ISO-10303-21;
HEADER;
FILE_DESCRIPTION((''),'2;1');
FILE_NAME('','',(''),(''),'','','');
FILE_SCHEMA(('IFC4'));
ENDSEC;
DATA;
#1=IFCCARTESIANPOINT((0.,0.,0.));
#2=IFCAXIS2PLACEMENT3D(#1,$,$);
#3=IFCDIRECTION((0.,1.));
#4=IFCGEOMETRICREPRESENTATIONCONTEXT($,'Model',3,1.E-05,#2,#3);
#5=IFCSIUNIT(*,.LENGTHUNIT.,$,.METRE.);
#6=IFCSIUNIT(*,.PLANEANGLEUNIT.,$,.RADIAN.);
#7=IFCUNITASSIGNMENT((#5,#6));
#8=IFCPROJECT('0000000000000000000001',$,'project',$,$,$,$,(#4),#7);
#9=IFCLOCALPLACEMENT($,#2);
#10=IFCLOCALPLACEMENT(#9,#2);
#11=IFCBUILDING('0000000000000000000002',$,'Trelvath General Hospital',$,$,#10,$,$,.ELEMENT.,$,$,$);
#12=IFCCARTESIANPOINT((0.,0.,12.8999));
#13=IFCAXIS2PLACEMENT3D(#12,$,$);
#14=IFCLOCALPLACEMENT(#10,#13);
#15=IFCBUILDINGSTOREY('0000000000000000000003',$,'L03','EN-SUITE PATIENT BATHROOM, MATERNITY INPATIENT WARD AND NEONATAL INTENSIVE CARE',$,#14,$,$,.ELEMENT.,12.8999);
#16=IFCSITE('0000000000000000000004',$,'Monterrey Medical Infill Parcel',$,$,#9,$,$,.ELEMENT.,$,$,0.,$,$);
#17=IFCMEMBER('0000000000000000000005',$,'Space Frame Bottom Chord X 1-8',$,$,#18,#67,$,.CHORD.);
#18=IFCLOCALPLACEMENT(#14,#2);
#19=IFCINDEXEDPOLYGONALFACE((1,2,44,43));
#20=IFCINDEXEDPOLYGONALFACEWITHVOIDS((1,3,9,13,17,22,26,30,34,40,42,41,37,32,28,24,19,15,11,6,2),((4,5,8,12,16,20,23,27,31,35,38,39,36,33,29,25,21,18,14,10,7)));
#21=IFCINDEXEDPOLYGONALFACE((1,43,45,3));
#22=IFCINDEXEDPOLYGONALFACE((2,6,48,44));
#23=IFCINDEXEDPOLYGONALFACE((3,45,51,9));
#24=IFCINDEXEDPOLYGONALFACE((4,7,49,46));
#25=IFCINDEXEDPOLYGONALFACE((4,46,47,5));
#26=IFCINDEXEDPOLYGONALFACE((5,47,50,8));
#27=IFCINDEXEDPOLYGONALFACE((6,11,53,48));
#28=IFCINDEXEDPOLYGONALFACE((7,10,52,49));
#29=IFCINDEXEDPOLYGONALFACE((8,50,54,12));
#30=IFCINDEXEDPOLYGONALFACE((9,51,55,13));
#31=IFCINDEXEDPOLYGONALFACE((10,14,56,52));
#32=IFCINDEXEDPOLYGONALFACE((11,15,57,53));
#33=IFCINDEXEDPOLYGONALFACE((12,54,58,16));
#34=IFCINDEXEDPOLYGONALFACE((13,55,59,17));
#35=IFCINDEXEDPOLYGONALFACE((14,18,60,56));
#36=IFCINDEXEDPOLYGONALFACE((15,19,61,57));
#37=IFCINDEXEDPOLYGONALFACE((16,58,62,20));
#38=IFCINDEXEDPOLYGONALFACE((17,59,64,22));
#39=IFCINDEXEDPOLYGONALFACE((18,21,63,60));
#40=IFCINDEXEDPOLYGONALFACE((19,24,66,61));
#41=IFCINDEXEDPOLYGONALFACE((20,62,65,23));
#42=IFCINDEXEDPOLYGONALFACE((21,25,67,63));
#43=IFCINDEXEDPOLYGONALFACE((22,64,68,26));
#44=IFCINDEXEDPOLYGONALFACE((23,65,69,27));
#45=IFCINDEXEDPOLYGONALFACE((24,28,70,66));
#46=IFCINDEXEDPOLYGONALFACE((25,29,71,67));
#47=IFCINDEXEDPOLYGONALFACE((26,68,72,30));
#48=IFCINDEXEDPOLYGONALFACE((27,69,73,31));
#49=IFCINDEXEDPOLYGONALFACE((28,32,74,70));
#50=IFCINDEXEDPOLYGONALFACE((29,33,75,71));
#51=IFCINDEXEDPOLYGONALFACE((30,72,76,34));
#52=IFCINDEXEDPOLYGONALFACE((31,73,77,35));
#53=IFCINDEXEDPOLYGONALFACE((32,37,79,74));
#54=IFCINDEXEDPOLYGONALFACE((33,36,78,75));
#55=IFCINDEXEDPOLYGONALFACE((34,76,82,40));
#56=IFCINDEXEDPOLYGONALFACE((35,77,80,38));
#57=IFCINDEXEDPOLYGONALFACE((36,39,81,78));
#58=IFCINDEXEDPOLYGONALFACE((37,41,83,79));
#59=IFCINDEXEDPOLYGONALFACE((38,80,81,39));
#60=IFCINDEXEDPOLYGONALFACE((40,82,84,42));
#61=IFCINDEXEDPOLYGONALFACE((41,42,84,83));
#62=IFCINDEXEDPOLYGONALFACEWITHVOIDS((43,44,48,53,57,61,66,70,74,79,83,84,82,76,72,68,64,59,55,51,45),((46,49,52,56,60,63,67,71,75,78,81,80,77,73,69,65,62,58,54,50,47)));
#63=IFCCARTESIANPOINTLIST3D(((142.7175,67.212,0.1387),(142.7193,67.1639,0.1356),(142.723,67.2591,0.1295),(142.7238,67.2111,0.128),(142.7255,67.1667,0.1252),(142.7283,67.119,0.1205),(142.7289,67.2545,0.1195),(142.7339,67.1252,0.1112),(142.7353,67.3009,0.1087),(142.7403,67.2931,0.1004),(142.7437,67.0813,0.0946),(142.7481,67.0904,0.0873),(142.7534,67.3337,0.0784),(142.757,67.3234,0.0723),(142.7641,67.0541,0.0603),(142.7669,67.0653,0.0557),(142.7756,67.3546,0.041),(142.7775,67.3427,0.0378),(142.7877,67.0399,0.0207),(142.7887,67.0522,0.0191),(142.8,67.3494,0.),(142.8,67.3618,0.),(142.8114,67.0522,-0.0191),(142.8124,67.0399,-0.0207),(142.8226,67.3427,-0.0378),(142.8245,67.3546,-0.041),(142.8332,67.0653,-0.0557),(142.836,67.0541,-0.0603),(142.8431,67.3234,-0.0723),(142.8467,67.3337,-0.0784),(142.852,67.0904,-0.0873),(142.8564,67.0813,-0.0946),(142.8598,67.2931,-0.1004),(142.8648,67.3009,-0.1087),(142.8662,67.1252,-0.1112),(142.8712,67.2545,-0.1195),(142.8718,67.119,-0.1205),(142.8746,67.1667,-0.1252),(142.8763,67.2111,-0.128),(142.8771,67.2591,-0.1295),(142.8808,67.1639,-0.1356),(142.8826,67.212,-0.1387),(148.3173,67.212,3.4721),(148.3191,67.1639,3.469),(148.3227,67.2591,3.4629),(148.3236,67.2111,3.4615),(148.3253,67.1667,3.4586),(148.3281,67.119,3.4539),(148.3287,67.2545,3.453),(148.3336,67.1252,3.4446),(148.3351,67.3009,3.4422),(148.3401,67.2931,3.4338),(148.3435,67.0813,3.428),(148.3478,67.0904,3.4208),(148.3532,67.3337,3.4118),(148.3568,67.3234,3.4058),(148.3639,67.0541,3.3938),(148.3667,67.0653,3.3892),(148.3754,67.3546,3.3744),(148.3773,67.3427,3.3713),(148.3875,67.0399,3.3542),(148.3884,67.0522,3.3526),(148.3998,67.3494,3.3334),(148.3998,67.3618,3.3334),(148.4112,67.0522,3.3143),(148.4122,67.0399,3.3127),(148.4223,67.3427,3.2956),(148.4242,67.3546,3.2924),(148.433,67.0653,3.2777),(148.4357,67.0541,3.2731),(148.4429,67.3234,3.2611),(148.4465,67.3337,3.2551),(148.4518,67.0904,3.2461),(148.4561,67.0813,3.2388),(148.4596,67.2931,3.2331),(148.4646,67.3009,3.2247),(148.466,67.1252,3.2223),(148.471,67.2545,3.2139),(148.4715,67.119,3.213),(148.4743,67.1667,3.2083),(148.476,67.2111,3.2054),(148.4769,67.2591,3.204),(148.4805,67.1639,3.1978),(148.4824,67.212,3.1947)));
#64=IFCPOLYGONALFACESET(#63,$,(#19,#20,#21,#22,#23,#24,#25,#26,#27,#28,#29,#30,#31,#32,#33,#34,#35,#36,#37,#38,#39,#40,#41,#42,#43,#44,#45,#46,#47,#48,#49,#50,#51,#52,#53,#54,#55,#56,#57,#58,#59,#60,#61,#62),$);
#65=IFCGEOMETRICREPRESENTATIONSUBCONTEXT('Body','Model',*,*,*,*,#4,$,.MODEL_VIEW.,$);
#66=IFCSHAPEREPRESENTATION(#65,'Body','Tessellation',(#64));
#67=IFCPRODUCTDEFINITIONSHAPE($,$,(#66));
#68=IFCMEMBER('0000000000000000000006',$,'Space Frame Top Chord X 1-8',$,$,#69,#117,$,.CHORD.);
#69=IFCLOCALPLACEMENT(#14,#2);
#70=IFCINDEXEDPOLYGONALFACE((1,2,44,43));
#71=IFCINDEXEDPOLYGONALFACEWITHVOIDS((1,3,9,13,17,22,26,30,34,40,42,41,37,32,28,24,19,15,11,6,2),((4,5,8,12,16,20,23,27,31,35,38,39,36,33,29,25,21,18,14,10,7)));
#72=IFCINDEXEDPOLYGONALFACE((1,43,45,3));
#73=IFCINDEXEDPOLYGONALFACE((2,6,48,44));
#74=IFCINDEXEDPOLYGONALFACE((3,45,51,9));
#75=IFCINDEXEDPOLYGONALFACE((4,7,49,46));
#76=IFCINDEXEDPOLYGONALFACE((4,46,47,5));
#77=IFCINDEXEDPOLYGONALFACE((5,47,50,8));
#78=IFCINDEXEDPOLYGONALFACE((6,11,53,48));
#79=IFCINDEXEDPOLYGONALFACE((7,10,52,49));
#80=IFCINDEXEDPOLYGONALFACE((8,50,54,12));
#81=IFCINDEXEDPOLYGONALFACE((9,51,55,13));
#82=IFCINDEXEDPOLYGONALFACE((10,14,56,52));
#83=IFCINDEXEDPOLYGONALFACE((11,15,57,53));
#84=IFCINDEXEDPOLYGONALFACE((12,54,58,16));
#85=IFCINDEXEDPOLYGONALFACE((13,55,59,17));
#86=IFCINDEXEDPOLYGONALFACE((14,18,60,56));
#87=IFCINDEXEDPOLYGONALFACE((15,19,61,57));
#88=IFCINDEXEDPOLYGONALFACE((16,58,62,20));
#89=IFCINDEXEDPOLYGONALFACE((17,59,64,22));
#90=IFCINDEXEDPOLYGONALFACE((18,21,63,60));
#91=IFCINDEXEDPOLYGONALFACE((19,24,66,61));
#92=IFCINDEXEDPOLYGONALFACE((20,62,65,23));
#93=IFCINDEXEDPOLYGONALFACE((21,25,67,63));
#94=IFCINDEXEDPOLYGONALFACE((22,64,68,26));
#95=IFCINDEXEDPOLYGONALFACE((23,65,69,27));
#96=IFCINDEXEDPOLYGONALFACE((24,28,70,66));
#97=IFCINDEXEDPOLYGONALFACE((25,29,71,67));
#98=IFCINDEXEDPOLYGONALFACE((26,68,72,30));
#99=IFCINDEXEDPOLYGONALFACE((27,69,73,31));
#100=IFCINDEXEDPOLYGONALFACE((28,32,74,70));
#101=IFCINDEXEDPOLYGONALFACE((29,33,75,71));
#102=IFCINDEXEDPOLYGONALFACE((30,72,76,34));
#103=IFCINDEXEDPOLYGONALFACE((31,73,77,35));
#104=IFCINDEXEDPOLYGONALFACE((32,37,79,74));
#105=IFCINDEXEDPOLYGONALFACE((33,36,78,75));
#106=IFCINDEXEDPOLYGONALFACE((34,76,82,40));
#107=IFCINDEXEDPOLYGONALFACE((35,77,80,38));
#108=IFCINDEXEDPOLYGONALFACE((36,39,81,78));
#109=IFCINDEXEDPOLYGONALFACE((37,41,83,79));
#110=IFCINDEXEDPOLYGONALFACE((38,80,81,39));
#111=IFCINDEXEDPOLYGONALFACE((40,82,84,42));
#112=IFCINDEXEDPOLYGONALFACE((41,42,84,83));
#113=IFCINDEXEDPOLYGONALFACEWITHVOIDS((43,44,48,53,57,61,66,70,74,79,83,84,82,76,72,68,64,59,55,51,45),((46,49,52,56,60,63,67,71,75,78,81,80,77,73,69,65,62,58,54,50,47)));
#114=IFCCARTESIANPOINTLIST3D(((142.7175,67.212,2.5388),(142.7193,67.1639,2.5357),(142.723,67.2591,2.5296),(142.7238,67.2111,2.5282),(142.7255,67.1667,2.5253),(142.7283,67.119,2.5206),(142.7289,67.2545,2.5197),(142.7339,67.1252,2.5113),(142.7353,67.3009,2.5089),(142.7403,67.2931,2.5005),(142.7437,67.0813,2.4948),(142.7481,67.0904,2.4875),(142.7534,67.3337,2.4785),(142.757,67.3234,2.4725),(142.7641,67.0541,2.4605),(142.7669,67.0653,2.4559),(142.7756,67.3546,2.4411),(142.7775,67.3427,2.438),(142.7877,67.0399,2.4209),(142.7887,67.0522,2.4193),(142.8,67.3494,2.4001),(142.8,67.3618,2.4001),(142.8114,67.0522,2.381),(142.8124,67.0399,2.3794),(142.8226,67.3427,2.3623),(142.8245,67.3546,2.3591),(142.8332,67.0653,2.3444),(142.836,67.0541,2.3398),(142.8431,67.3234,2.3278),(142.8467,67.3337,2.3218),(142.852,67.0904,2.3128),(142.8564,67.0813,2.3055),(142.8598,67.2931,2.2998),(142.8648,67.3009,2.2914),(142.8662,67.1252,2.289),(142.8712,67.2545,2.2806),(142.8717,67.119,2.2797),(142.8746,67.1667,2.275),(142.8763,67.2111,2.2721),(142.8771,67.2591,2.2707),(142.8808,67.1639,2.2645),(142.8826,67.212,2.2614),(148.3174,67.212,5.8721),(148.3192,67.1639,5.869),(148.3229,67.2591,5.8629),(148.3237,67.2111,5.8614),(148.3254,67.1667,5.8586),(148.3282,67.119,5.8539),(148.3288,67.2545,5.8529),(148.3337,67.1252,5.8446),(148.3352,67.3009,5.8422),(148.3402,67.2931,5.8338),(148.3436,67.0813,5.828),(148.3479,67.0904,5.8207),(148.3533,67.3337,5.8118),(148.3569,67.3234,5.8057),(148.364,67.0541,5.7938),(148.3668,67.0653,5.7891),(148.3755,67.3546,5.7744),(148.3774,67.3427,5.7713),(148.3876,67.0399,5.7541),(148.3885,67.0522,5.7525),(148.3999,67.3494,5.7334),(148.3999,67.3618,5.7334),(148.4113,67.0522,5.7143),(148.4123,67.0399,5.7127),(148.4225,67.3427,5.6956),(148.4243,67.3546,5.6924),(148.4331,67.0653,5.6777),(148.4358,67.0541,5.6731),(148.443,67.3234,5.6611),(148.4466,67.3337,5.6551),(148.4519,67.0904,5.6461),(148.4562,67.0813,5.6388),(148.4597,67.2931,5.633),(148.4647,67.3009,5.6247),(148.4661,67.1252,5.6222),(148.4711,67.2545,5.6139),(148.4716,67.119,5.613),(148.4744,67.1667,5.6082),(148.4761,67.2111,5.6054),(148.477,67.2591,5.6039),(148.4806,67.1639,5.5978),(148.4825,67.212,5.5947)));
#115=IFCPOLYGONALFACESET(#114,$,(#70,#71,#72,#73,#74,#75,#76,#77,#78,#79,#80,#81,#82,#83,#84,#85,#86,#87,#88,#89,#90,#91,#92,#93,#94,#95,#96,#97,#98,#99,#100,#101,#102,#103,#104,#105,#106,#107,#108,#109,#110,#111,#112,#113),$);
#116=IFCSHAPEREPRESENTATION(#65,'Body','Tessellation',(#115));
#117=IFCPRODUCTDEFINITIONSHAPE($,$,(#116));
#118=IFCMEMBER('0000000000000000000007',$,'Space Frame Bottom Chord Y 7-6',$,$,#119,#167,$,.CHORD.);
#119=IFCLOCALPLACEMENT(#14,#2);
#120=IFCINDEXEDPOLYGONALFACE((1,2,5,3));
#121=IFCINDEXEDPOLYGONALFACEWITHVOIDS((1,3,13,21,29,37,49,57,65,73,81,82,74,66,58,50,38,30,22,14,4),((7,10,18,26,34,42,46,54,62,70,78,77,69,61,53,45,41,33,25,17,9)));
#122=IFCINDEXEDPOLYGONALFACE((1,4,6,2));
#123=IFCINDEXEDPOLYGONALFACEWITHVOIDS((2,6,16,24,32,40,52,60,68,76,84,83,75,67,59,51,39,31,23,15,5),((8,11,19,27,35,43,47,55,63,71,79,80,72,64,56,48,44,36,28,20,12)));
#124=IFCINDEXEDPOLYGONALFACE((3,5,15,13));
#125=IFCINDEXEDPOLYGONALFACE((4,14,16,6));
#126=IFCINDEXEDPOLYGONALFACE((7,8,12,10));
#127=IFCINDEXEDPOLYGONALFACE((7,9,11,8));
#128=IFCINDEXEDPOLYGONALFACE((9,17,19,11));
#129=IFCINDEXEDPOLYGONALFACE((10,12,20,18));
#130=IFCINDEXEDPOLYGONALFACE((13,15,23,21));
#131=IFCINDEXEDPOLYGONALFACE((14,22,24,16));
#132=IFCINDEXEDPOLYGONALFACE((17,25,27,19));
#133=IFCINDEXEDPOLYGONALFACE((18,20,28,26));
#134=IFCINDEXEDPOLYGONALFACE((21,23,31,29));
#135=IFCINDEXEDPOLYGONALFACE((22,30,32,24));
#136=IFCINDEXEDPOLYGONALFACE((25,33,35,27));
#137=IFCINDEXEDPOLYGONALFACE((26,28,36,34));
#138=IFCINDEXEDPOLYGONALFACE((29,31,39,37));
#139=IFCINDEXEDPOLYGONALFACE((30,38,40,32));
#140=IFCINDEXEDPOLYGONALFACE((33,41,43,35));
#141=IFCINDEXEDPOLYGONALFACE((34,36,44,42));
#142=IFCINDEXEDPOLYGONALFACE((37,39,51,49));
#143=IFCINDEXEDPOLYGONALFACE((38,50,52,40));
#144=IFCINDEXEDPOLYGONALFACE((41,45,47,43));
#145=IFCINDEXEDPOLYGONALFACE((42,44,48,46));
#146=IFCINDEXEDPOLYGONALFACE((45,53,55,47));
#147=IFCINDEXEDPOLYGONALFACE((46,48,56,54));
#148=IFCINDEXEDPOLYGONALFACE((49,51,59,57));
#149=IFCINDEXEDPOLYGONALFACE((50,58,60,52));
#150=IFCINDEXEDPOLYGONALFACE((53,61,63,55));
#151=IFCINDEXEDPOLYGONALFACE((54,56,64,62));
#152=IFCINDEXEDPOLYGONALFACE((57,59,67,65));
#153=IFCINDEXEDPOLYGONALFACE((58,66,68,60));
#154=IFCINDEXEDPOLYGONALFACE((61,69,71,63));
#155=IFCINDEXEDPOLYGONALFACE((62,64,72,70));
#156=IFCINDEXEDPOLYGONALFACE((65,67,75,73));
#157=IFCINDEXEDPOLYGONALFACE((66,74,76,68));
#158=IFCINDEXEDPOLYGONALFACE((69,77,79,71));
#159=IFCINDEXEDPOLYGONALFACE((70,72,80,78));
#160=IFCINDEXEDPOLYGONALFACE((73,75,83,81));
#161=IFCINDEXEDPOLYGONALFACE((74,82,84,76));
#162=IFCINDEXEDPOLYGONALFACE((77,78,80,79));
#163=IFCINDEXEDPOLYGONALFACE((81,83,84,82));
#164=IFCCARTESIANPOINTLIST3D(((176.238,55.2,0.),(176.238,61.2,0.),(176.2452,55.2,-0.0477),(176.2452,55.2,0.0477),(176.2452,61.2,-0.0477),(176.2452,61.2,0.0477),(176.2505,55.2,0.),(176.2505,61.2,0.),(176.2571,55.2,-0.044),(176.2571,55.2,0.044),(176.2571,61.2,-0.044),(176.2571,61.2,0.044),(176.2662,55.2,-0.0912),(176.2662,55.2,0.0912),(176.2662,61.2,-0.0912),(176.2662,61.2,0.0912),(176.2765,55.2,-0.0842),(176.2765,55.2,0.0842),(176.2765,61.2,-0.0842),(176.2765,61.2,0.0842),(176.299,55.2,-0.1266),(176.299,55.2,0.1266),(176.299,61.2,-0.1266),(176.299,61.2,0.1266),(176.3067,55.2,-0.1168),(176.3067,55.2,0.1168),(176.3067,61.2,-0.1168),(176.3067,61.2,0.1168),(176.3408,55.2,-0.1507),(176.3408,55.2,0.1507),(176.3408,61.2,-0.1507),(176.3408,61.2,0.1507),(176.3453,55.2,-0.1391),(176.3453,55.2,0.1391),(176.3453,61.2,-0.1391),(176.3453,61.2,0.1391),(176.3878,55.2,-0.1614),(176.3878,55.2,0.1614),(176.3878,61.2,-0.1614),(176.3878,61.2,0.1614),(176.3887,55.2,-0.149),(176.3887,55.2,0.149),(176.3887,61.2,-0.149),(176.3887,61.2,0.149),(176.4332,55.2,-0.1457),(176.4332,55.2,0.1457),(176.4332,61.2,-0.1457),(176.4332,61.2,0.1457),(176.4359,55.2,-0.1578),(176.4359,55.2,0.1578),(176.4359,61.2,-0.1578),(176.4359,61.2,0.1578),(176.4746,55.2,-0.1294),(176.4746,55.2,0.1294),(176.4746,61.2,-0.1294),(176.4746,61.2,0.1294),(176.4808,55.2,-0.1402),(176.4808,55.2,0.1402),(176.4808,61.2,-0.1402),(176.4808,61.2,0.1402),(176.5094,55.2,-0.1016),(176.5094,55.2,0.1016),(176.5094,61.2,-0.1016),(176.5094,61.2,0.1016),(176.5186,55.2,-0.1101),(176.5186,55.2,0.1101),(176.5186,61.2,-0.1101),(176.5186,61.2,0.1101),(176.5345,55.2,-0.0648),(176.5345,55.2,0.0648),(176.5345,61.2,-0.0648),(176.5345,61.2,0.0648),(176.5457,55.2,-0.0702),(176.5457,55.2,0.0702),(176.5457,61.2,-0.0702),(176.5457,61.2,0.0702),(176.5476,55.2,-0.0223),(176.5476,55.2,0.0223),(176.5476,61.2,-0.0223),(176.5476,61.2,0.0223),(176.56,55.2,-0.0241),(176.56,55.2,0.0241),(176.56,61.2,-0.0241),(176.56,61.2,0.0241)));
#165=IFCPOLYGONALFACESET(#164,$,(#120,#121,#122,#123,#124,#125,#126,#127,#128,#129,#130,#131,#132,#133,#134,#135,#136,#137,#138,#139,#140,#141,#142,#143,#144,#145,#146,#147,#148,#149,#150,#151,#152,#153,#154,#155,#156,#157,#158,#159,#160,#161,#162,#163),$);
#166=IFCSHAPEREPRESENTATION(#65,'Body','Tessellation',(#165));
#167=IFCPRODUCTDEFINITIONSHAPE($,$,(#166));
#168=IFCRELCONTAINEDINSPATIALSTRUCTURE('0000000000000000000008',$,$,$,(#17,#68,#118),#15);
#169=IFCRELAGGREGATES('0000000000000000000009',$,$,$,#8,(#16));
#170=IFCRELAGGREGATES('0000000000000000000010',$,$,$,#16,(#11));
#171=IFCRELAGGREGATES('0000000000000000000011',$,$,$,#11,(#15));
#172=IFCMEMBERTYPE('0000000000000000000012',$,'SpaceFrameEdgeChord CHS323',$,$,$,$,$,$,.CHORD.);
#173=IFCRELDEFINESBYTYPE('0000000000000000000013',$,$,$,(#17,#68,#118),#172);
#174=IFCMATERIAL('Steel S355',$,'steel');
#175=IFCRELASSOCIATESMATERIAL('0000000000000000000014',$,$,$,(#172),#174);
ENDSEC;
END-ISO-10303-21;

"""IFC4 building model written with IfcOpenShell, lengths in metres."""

from ifc_helpers import new_model, si_unit, direction, frame, origin, origin_2d, place, context, subcontext, project, spatial, hollow_circle, extrude, material, material_profile, profile_set, type_object, element, save


model = new_model("IFC4")

# Units and contexts
model_context = context("Model", 3, precision=1e-05, world=origin(), true_north=direction((0.0, 1.0)))
body_context = subcontext(model_context, "Body", "Model", "MODEL_VIEW")
ifc_project = project(units=[si_unit("LENGTHUNIT", "METRE"), si_unit("PLANEANGLEUNIT", "RADIAN")], contexts=[model_context])

# Site, building, storey
site_placement = place(None, origin())
site = spatial("IfcSite", under=ifc_project, at=site_placement, Name="Monterrey Medical Infill Parcel", CompositionType="ELEMENT", RefElevation=0.0)
building_placement = place(site_placement, origin())
building = spatial("IfcBuilding", under=site, at=building_placement, Name="Trelvath General Hospital", CompositionType="ELEMENT")
storey_placement = place(building_placement, frame((0.0, 0.0, 12.8999)))
storey = spatial("IfcBuildingStorey", under=building, at=storey_placement, Name="L03", Description="EN-SUITE PATIENT BATHROOM, MATERNITY INPATIENT WARD AND NEONATAL INTENSIVE CARE", CompositionType="ELEMENT", Elevation=12.8999)

# Members
ifc_material_1 = material(Name="Steel S355", Category="steel")
ifc_material_profile_1 = material_profile(ifc_material_1, hollow_circle(Radius=0.1619, WallThickness=0.0125, at=origin_2d()), Name="CHS323.9x12.5")
ifc_profile_set_1 = profile_set([ifc_material_profile_1], Name="Steel S355")
member_type_1 = type_object("IfcMemberType", Name="SpaceFrameEdgeChord CHS323", PredefinedType="CHORD", material=ifc_profile_set_1)
for number, where, z_axis, x_axis, name in (
    (1, (142.8, 67.2, 0.0), (0.859276, 0.0, 0.511512), (0.0, 1.0, 0.0), "Space Frame Bottom Chord X 1-8"),
    (2, (142.8, 67.2, 2.4001), (0.859292, 0.0, 0.511485), (0.0, 1.0, 0.0), "Space Frame Top Chord X 1-8"),
):
    element("IfcMember", number, at=place(storey_placement, frame(where, z_axis=z_axis, x_axis=x_axis)), inside=storey, type_object=member_type_1, Name=name, PredefinedType="CHORD", context=body_context, shape_type="SweptSolid", body=[
        extrude(hollow_circle(Radius=0.1619, WallThickness=0.0125, at=origin_2d()), origin(), (0.0, 0.0, 1.0), 6.5168),
    ])
for number, where, z_axis, x_axis, name in (
    (3, (176.3999, 55.2, 0.0), (0.0, 1.0, 0.0), (-1.0, 0.0, 0.0), "Space Frame Bottom Chord Y 7-6"),
):
    element("IfcMember", number, at=place(storey_placement, frame(where, z_axis=z_axis, x_axis=x_axis)), inside=storey, type_object=member_type_1, Name=name, PredefinedType="CHORD", context=body_context, shape_type="SweptSolid", body=[
        extrude(hollow_circle(Radius=0.1619, WallThickness=0.0125, at=origin_2d()), origin(), (0.0, 0.0, 1.0), 6.0),
    ])

save(model, "model.ifc")
